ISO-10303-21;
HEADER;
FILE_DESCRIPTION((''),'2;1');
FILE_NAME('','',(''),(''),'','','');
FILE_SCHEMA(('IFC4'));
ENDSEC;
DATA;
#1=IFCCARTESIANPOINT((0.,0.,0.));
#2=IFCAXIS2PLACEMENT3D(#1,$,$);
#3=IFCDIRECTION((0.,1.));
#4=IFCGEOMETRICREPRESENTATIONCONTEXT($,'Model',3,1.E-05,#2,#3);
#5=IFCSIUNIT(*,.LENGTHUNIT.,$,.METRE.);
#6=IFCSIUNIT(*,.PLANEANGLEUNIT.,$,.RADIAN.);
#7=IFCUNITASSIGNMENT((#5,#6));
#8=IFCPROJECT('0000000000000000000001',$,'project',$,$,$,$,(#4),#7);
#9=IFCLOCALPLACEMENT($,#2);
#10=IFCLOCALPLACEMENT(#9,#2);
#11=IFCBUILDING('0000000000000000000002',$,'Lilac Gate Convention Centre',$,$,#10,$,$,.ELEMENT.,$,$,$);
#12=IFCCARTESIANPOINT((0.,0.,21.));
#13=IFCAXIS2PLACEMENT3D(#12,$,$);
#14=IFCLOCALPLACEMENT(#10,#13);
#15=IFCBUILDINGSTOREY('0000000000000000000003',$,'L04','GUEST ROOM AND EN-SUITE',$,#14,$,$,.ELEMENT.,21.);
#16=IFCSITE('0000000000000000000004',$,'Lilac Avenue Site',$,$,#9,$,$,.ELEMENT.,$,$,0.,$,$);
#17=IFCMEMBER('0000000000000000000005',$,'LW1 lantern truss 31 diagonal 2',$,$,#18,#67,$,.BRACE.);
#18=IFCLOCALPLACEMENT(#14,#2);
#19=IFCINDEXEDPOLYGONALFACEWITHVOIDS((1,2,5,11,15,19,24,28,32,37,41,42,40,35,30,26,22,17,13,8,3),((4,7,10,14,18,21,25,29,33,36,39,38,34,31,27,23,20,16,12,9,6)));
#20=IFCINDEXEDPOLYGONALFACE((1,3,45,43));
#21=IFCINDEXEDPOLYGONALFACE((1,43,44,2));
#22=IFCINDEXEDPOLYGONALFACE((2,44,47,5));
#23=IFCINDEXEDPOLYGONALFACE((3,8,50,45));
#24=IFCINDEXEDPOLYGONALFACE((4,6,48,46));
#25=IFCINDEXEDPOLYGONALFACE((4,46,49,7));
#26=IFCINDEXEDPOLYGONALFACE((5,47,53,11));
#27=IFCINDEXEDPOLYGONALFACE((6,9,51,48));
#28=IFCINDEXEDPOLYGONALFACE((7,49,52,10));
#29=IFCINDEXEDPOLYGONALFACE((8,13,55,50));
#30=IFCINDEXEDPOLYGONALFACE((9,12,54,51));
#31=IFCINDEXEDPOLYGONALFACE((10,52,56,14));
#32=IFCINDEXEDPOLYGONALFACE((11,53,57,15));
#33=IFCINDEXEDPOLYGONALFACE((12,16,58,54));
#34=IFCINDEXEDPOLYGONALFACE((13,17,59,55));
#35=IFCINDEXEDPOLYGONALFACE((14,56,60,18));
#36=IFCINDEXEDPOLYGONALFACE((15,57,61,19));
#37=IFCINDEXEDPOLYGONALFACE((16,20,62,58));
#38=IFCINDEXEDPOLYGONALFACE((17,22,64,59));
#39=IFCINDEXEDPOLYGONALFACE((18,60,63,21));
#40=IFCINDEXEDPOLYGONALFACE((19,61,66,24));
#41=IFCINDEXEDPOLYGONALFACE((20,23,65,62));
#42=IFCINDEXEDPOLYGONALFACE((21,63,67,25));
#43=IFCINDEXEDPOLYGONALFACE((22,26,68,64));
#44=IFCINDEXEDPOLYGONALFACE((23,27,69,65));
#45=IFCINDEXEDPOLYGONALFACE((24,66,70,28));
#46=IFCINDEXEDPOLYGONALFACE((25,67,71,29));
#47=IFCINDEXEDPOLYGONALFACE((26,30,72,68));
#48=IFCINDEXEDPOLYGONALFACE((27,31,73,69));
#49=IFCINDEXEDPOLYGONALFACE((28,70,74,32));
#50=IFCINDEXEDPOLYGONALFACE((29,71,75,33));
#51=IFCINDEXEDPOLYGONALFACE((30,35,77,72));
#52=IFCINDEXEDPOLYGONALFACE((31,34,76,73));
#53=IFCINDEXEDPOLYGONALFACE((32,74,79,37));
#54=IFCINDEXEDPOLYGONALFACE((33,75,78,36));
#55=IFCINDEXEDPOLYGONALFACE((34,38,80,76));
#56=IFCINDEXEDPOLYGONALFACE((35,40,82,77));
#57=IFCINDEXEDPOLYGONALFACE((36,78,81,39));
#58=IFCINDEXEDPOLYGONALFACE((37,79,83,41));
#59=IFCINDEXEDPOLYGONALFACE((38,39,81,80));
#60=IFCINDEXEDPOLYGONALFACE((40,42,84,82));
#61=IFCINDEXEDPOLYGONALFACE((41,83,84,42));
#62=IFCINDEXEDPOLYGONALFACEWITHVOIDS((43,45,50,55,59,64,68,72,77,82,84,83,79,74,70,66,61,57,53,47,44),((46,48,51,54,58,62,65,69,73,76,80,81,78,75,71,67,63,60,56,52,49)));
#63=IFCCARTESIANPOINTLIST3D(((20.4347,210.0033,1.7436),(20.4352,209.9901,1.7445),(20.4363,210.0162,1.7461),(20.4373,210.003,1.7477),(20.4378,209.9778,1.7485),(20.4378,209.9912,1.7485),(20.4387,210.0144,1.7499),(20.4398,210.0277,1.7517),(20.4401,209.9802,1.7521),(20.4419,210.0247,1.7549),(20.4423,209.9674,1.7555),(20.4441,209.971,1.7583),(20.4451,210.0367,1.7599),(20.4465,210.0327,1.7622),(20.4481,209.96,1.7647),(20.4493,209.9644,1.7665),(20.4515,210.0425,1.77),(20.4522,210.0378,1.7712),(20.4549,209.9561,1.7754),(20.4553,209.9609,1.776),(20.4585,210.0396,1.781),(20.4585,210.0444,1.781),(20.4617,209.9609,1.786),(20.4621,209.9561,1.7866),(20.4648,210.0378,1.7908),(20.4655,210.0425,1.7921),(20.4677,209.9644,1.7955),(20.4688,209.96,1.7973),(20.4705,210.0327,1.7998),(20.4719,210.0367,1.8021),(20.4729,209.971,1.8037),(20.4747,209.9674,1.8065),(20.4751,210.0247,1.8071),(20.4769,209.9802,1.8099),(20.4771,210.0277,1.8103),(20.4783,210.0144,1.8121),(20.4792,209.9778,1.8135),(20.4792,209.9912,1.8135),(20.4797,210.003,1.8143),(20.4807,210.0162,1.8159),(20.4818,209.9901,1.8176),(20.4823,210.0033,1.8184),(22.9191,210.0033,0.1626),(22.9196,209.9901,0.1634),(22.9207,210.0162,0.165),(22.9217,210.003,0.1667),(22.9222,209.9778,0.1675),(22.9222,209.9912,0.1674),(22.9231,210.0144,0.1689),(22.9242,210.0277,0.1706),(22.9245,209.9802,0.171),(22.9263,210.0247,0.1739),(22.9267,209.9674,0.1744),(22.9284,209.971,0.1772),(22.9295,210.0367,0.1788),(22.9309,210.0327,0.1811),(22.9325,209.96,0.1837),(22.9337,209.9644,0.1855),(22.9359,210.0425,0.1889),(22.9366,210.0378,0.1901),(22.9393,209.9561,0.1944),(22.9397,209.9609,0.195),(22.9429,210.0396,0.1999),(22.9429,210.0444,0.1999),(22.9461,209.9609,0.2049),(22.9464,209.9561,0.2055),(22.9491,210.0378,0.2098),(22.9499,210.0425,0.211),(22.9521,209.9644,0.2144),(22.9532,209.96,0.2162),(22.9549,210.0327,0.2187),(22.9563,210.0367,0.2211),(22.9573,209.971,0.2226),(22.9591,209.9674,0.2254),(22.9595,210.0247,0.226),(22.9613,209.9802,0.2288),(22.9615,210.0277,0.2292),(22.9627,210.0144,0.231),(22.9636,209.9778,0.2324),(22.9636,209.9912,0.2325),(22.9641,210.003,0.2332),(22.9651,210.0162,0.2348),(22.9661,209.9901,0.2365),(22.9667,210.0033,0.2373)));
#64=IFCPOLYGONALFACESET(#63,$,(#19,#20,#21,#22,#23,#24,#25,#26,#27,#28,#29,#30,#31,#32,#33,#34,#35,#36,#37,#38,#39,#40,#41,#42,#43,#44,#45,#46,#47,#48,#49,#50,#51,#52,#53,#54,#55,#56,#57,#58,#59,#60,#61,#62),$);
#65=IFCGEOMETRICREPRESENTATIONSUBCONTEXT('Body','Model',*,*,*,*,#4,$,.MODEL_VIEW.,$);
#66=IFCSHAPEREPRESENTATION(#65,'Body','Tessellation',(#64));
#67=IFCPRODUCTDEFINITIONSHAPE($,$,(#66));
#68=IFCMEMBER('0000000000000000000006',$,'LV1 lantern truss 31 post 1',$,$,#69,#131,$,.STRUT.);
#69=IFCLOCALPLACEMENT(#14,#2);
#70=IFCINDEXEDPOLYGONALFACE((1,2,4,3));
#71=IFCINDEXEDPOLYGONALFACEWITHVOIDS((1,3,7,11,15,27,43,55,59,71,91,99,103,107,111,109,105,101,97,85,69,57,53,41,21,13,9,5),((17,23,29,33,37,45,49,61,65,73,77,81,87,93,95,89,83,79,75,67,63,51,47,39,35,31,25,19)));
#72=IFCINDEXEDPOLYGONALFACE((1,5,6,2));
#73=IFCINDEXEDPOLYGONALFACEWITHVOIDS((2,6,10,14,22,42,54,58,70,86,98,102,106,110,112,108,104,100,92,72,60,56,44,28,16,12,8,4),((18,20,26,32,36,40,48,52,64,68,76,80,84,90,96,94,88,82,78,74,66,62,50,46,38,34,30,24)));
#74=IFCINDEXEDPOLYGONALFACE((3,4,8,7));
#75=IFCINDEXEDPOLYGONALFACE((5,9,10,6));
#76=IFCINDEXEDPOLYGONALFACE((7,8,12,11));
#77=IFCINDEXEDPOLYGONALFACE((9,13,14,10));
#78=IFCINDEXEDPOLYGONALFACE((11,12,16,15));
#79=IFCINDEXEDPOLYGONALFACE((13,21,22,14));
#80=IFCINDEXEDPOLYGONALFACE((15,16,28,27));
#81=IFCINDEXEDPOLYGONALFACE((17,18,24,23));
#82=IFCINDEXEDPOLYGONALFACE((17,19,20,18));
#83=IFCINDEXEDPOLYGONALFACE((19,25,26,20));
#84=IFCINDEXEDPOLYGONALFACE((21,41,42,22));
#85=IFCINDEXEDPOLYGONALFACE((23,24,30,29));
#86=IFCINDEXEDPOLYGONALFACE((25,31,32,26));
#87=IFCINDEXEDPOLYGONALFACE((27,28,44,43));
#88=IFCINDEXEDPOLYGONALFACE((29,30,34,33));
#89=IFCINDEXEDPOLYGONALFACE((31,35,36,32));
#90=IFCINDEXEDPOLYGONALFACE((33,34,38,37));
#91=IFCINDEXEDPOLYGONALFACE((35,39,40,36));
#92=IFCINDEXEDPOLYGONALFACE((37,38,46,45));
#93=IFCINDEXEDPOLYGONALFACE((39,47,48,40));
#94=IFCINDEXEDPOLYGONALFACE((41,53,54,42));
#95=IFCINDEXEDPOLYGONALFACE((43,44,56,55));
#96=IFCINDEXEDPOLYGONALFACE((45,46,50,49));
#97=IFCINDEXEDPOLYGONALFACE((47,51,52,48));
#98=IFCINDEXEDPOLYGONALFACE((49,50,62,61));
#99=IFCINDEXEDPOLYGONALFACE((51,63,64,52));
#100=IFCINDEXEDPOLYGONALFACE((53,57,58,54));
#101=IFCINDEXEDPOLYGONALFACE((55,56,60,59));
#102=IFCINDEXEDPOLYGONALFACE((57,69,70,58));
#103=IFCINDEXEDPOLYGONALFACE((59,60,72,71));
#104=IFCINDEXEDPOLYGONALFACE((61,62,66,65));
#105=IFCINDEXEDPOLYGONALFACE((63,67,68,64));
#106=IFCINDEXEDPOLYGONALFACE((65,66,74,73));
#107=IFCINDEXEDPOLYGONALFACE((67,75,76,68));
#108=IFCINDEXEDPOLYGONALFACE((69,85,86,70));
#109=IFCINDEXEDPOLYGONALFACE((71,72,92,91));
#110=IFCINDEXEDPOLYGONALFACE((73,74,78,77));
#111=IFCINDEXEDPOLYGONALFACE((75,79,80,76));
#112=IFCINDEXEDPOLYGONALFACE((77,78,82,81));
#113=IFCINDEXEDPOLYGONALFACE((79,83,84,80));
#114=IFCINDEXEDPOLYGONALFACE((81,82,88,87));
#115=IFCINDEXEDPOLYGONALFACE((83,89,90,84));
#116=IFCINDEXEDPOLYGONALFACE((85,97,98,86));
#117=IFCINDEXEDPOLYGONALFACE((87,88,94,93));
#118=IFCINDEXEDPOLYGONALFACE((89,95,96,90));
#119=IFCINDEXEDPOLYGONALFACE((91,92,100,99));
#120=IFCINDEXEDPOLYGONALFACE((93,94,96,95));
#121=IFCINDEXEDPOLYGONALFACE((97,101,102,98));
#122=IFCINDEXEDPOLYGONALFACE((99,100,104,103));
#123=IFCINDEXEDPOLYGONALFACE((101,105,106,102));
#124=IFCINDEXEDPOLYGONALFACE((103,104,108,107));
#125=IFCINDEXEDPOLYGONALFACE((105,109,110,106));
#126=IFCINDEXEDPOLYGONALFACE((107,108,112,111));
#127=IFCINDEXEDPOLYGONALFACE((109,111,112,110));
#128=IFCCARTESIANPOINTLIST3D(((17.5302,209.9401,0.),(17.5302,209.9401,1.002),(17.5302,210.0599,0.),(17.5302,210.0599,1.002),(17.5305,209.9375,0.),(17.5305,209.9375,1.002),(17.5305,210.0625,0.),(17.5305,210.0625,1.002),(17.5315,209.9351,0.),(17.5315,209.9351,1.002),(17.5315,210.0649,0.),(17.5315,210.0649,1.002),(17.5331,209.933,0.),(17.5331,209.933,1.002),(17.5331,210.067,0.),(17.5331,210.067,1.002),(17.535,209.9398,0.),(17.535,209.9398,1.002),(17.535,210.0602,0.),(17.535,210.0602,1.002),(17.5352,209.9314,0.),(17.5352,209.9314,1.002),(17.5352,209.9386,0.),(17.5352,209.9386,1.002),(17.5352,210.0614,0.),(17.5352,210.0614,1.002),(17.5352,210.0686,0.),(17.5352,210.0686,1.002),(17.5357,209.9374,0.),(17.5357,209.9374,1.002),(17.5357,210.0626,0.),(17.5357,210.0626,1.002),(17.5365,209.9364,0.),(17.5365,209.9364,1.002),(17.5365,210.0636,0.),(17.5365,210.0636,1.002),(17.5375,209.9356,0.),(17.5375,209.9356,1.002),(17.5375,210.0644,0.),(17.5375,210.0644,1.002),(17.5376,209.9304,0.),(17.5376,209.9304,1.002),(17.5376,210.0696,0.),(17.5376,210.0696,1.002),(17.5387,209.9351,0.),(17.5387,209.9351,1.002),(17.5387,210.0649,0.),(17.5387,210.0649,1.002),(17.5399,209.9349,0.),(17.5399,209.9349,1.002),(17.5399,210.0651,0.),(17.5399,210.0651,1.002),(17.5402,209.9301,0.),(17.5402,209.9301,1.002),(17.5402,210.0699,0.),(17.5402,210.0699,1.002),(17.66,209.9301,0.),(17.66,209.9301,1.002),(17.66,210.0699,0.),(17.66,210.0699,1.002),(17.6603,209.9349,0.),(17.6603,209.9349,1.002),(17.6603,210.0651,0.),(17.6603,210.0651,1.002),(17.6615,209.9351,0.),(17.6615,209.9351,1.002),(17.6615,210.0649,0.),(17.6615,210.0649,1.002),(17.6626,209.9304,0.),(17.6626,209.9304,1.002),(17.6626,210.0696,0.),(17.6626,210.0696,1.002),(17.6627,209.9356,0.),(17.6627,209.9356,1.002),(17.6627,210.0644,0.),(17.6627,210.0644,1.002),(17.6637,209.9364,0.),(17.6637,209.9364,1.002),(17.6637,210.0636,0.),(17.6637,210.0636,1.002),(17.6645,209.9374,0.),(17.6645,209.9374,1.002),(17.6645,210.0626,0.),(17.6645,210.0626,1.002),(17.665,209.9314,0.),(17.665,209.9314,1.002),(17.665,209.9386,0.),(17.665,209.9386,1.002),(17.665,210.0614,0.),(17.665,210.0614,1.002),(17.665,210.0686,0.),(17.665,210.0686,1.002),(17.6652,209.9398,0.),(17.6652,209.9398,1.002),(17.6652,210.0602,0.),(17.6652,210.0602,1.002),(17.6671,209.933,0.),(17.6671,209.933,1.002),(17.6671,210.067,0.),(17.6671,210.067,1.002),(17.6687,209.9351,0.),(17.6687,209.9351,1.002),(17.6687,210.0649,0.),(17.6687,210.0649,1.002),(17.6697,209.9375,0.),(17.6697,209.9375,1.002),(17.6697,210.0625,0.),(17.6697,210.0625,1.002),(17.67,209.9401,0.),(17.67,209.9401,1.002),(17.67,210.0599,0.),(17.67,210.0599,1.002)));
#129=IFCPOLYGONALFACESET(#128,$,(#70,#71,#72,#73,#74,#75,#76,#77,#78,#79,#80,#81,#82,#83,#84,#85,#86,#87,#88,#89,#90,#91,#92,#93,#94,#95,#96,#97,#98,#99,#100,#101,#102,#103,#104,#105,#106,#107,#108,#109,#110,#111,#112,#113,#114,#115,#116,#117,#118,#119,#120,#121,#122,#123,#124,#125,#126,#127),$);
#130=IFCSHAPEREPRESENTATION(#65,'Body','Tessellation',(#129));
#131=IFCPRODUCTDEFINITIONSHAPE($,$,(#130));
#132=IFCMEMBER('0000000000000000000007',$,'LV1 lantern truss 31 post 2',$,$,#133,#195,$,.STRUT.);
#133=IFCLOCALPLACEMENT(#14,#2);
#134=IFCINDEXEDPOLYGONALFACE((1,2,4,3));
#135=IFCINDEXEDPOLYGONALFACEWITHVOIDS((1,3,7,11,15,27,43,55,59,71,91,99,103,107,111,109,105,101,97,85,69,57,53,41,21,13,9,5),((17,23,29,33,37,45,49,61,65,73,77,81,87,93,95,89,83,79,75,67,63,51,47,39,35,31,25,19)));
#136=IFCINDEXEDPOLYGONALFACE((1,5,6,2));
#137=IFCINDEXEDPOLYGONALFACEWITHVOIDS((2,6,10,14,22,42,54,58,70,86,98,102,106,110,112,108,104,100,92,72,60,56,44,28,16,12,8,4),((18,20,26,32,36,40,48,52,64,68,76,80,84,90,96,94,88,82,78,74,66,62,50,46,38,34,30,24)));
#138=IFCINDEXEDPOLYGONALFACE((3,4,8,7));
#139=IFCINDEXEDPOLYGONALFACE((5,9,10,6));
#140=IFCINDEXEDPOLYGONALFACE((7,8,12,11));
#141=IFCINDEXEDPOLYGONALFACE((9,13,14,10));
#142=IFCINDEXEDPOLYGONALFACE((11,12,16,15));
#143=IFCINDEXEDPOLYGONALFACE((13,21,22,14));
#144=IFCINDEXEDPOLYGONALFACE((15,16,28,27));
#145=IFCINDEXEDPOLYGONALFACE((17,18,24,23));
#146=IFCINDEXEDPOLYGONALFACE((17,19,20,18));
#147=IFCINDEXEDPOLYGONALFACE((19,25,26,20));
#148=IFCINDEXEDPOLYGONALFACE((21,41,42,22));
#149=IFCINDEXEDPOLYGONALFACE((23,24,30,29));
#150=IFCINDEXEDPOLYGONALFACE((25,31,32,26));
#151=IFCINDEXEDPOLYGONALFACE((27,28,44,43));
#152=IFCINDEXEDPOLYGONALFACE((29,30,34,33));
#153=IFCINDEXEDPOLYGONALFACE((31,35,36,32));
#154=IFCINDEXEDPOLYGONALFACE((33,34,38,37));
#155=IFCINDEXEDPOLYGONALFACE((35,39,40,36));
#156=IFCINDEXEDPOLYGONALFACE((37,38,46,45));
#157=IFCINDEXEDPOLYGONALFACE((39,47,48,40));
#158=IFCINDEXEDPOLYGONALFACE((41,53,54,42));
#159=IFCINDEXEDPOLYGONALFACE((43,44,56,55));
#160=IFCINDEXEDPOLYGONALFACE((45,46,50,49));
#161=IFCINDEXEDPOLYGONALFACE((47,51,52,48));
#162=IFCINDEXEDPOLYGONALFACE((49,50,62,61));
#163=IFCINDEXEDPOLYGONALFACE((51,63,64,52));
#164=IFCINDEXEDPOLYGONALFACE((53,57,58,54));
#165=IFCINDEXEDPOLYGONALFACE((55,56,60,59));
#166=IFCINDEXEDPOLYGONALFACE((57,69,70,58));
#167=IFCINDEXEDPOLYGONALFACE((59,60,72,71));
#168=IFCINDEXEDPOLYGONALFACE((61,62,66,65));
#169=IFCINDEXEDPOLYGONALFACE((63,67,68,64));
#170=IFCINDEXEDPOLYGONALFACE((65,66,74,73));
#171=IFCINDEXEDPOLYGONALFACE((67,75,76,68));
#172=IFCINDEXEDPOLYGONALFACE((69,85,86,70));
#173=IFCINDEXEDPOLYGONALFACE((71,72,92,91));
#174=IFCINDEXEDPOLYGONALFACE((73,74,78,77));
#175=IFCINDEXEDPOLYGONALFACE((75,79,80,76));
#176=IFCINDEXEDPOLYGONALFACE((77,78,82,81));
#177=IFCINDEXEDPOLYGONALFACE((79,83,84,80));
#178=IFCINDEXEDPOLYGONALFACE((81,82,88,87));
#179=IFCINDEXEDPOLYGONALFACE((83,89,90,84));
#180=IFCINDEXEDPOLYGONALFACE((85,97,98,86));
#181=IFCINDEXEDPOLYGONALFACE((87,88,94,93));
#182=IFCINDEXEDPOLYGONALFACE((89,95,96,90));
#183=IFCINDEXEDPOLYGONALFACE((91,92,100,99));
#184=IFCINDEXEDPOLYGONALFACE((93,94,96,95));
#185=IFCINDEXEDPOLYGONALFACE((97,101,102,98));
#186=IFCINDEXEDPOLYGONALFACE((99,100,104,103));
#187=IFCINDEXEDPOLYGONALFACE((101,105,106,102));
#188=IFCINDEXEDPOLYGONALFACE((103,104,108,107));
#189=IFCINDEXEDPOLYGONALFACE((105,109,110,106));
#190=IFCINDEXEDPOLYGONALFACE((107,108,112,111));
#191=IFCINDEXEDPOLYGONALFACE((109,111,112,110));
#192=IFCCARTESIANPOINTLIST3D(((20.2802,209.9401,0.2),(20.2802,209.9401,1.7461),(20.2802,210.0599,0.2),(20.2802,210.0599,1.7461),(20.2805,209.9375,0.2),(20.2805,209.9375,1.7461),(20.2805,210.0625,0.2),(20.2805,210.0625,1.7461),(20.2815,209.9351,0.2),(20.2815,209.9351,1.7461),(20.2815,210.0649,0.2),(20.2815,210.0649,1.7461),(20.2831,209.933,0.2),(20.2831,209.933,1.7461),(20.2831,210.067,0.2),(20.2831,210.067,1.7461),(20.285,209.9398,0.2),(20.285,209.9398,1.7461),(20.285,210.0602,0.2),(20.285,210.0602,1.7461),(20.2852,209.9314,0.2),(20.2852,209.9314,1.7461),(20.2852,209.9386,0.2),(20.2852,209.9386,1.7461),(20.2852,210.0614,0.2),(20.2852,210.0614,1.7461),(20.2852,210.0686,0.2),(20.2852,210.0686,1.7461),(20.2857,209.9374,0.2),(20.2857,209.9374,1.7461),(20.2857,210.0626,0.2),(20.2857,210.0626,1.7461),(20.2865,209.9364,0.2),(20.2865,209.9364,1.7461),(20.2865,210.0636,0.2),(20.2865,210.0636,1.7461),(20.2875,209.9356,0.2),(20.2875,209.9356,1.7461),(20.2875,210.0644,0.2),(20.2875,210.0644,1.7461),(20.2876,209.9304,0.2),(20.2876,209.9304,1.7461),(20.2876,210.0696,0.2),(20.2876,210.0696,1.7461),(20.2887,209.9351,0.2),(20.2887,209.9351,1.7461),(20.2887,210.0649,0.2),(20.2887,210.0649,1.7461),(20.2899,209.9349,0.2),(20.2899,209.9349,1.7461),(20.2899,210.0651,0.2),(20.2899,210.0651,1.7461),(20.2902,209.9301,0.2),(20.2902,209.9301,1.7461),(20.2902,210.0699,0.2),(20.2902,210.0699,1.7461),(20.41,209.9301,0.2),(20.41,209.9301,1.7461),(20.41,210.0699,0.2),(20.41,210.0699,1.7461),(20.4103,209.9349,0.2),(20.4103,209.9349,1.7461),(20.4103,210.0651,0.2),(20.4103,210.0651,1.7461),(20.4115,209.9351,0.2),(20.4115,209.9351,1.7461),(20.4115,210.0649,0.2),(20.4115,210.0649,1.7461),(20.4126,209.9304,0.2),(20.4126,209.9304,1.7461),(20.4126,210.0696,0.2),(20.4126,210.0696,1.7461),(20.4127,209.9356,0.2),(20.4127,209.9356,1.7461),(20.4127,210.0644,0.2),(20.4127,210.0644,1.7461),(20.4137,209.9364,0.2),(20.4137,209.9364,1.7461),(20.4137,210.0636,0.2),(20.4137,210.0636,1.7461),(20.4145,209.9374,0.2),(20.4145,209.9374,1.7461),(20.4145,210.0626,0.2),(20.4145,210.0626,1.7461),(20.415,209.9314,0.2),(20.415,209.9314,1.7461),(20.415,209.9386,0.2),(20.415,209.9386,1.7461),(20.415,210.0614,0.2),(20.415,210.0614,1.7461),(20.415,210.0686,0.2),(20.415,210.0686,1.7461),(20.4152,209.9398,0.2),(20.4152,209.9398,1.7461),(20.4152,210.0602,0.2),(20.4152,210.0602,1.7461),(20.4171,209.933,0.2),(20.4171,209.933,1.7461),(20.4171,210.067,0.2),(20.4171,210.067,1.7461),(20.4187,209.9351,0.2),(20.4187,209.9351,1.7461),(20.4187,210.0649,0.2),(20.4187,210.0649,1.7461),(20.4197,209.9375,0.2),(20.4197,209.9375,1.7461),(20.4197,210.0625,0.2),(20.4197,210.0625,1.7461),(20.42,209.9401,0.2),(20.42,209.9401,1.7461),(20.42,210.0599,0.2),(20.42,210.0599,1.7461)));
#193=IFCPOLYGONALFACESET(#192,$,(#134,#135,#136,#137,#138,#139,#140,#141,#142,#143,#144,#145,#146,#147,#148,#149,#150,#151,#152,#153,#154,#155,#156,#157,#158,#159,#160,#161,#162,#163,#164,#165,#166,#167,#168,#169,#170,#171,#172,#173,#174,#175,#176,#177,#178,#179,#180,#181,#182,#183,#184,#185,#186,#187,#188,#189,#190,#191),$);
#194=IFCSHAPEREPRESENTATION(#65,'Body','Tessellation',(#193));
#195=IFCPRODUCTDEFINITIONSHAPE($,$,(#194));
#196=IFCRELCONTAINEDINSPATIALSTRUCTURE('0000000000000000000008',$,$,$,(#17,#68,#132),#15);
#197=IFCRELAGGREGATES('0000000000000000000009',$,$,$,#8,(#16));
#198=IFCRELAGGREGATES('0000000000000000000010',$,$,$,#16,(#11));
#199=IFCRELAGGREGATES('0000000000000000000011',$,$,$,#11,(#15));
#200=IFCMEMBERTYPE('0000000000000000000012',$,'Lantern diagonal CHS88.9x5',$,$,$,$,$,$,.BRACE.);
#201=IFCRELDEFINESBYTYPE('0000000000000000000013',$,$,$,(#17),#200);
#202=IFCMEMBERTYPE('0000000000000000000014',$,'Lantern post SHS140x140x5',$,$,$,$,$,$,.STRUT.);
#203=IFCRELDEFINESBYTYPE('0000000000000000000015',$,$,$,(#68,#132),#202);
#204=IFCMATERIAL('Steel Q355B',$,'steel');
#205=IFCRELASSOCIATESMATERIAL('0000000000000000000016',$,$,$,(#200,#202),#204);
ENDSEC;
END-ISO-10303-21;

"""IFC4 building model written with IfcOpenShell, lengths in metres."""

from ifc_helpers import new_model, si_unit, direction, frame, origin, origin_2d, place, context, subcontext, project, spatial, hollow_rectangle, hollow_circle, extrude, material, material_profile, profile_set, type_object, element, save


model = new_model("IFC4")

# Units and contexts
model_context = context("Model", 3, precision=1e-05, world=origin(), true_north=direction((0.0, 1.0)))
body_context = subcontext(model_context, "Body", "Model", "MODEL_VIEW")
ifc_project = project(units=[si_unit("LENGTHUNIT", "METRE"), si_unit("PLANEANGLEUNIT", "RADIAN")], contexts=[model_context])

# Site, building, storey
site_placement = place(None, origin())
site = spatial("IfcSite", under=ifc_project, at=site_placement, Name="Lilac Avenue Site", CompositionType="ELEMENT", RefElevation=0.0)
building_placement = place(site_placement, origin())
building = spatial("IfcBuilding", under=site, at=building_placement, Name="Lilac Gate Convention Centre", CompositionType="ELEMENT")
storey_placement = place(building_placement, frame((0.0, 0.0, 21.0)))
storey = spatial("IfcBuildingStorey", under=building, at=storey_placement, Name="L04", Description="GUEST ROOM AND EN-SUITE", CompositionType="ELEMENT", Elevation=21.0)

# Members
ifc_material_1 = material(Name="Steel Q355B", Category="steel")
ifc_material_profile_1 = material_profile(ifc_material_1, hollow_circle(Radius=0.0444, WallThickness=0.0049, at=origin_2d()), Name="CHS88.9x5")
ifc_profile_set_1 = profile_set([ifc_material_profile_1], Name="Steel Q355B")
member_type_1 = type_object("IfcMemberType", Name="Lantern diagonal CHS88.9x5", PredefinedType="BRACE", material=ifc_profile_set_1)
member_1_placement = place(storey_placement, frame((20.4585, 210.0, 1.781), z_axis=(0.843648, 0.0, -0.536897), x_axis=(0.0, 1.0, 0.0)))
element("IfcMember", 1, at=member_1_placement, inside=storey, type_object=member_type_1, Name="LW1 lantern truss 31 diagonal 2", PredefinedType="BRACE", context=body_context, shape_type="SweptSolid", body=[
    extrude(hollow_circle(Radius=0.0444, WallThickness=0.0049, at=origin_2d()), origin(), (0.0, 0.0, 1.0), 2.9448),
])
ifc_material_profile_2 = material_profile(ifc_material_1, hollow_rectangle(XDim=0.1399, YDim=0.1399, WallThickness=0.0049, InnerFilletRadius=0.0049, OuterFilletRadius=0.01, at=origin_2d()), Name="SHS140x140x5")
ifc_profile_set_2 = profile_set([ifc_material_profile_2], Name="Steel Q355B")
member_type_2 = type_object("IfcMemberType", Name="Lantern post SHS140x140x5", PredefinedType="STRUT", material=ifc_profile_set_2)
member_2_placement = place(storey_placement, frame((17.6001, 210.0, 0.0), z_axis=(0.0, 0.0, 1.0), x_axis=(1.0, 0.0, 0.0)))
element("IfcMember", 2, at=member_2_placement, inside=storey, type_object=member_type_2, Name="LV1 lantern truss 31 post 1", PredefinedType="STRUT", context=body_context, shape_type="SweptSolid", body=[
    extrude(hollow_rectangle(XDim=0.1399, YDim=0.1399, WallThickness=0.0049, InnerFilletRadius=0.0049, OuterFilletRadius=0.01, at=origin_2d()), origin(), (0.0, 0.0, 1.0), 1.002),
])
member_3_placement = place(storey_placement, frame((20.3501, 210.0, 0.2), z_axis=(0.0, 0.0, 1.0), x_axis=(1.0, 0.0, 0.0)))
element("IfcMember", 3, at=member_3_placement, inside=storey, type_object=member_type_2, Name="LV1 lantern truss 31 post 2", PredefinedType="STRUT", context=body_context, shape_type="SweptSolid", body=[
    extrude(hollow_rectangle(XDim=0.1399, YDim=0.1399, WallThickness=0.0049, InnerFilletRadius=0.0049, OuterFilletRadius=0.01, at=origin_2d()), origin(), (0.0, 0.0, 1.0), 1.5461),
])

save(model, "model.ifc")
